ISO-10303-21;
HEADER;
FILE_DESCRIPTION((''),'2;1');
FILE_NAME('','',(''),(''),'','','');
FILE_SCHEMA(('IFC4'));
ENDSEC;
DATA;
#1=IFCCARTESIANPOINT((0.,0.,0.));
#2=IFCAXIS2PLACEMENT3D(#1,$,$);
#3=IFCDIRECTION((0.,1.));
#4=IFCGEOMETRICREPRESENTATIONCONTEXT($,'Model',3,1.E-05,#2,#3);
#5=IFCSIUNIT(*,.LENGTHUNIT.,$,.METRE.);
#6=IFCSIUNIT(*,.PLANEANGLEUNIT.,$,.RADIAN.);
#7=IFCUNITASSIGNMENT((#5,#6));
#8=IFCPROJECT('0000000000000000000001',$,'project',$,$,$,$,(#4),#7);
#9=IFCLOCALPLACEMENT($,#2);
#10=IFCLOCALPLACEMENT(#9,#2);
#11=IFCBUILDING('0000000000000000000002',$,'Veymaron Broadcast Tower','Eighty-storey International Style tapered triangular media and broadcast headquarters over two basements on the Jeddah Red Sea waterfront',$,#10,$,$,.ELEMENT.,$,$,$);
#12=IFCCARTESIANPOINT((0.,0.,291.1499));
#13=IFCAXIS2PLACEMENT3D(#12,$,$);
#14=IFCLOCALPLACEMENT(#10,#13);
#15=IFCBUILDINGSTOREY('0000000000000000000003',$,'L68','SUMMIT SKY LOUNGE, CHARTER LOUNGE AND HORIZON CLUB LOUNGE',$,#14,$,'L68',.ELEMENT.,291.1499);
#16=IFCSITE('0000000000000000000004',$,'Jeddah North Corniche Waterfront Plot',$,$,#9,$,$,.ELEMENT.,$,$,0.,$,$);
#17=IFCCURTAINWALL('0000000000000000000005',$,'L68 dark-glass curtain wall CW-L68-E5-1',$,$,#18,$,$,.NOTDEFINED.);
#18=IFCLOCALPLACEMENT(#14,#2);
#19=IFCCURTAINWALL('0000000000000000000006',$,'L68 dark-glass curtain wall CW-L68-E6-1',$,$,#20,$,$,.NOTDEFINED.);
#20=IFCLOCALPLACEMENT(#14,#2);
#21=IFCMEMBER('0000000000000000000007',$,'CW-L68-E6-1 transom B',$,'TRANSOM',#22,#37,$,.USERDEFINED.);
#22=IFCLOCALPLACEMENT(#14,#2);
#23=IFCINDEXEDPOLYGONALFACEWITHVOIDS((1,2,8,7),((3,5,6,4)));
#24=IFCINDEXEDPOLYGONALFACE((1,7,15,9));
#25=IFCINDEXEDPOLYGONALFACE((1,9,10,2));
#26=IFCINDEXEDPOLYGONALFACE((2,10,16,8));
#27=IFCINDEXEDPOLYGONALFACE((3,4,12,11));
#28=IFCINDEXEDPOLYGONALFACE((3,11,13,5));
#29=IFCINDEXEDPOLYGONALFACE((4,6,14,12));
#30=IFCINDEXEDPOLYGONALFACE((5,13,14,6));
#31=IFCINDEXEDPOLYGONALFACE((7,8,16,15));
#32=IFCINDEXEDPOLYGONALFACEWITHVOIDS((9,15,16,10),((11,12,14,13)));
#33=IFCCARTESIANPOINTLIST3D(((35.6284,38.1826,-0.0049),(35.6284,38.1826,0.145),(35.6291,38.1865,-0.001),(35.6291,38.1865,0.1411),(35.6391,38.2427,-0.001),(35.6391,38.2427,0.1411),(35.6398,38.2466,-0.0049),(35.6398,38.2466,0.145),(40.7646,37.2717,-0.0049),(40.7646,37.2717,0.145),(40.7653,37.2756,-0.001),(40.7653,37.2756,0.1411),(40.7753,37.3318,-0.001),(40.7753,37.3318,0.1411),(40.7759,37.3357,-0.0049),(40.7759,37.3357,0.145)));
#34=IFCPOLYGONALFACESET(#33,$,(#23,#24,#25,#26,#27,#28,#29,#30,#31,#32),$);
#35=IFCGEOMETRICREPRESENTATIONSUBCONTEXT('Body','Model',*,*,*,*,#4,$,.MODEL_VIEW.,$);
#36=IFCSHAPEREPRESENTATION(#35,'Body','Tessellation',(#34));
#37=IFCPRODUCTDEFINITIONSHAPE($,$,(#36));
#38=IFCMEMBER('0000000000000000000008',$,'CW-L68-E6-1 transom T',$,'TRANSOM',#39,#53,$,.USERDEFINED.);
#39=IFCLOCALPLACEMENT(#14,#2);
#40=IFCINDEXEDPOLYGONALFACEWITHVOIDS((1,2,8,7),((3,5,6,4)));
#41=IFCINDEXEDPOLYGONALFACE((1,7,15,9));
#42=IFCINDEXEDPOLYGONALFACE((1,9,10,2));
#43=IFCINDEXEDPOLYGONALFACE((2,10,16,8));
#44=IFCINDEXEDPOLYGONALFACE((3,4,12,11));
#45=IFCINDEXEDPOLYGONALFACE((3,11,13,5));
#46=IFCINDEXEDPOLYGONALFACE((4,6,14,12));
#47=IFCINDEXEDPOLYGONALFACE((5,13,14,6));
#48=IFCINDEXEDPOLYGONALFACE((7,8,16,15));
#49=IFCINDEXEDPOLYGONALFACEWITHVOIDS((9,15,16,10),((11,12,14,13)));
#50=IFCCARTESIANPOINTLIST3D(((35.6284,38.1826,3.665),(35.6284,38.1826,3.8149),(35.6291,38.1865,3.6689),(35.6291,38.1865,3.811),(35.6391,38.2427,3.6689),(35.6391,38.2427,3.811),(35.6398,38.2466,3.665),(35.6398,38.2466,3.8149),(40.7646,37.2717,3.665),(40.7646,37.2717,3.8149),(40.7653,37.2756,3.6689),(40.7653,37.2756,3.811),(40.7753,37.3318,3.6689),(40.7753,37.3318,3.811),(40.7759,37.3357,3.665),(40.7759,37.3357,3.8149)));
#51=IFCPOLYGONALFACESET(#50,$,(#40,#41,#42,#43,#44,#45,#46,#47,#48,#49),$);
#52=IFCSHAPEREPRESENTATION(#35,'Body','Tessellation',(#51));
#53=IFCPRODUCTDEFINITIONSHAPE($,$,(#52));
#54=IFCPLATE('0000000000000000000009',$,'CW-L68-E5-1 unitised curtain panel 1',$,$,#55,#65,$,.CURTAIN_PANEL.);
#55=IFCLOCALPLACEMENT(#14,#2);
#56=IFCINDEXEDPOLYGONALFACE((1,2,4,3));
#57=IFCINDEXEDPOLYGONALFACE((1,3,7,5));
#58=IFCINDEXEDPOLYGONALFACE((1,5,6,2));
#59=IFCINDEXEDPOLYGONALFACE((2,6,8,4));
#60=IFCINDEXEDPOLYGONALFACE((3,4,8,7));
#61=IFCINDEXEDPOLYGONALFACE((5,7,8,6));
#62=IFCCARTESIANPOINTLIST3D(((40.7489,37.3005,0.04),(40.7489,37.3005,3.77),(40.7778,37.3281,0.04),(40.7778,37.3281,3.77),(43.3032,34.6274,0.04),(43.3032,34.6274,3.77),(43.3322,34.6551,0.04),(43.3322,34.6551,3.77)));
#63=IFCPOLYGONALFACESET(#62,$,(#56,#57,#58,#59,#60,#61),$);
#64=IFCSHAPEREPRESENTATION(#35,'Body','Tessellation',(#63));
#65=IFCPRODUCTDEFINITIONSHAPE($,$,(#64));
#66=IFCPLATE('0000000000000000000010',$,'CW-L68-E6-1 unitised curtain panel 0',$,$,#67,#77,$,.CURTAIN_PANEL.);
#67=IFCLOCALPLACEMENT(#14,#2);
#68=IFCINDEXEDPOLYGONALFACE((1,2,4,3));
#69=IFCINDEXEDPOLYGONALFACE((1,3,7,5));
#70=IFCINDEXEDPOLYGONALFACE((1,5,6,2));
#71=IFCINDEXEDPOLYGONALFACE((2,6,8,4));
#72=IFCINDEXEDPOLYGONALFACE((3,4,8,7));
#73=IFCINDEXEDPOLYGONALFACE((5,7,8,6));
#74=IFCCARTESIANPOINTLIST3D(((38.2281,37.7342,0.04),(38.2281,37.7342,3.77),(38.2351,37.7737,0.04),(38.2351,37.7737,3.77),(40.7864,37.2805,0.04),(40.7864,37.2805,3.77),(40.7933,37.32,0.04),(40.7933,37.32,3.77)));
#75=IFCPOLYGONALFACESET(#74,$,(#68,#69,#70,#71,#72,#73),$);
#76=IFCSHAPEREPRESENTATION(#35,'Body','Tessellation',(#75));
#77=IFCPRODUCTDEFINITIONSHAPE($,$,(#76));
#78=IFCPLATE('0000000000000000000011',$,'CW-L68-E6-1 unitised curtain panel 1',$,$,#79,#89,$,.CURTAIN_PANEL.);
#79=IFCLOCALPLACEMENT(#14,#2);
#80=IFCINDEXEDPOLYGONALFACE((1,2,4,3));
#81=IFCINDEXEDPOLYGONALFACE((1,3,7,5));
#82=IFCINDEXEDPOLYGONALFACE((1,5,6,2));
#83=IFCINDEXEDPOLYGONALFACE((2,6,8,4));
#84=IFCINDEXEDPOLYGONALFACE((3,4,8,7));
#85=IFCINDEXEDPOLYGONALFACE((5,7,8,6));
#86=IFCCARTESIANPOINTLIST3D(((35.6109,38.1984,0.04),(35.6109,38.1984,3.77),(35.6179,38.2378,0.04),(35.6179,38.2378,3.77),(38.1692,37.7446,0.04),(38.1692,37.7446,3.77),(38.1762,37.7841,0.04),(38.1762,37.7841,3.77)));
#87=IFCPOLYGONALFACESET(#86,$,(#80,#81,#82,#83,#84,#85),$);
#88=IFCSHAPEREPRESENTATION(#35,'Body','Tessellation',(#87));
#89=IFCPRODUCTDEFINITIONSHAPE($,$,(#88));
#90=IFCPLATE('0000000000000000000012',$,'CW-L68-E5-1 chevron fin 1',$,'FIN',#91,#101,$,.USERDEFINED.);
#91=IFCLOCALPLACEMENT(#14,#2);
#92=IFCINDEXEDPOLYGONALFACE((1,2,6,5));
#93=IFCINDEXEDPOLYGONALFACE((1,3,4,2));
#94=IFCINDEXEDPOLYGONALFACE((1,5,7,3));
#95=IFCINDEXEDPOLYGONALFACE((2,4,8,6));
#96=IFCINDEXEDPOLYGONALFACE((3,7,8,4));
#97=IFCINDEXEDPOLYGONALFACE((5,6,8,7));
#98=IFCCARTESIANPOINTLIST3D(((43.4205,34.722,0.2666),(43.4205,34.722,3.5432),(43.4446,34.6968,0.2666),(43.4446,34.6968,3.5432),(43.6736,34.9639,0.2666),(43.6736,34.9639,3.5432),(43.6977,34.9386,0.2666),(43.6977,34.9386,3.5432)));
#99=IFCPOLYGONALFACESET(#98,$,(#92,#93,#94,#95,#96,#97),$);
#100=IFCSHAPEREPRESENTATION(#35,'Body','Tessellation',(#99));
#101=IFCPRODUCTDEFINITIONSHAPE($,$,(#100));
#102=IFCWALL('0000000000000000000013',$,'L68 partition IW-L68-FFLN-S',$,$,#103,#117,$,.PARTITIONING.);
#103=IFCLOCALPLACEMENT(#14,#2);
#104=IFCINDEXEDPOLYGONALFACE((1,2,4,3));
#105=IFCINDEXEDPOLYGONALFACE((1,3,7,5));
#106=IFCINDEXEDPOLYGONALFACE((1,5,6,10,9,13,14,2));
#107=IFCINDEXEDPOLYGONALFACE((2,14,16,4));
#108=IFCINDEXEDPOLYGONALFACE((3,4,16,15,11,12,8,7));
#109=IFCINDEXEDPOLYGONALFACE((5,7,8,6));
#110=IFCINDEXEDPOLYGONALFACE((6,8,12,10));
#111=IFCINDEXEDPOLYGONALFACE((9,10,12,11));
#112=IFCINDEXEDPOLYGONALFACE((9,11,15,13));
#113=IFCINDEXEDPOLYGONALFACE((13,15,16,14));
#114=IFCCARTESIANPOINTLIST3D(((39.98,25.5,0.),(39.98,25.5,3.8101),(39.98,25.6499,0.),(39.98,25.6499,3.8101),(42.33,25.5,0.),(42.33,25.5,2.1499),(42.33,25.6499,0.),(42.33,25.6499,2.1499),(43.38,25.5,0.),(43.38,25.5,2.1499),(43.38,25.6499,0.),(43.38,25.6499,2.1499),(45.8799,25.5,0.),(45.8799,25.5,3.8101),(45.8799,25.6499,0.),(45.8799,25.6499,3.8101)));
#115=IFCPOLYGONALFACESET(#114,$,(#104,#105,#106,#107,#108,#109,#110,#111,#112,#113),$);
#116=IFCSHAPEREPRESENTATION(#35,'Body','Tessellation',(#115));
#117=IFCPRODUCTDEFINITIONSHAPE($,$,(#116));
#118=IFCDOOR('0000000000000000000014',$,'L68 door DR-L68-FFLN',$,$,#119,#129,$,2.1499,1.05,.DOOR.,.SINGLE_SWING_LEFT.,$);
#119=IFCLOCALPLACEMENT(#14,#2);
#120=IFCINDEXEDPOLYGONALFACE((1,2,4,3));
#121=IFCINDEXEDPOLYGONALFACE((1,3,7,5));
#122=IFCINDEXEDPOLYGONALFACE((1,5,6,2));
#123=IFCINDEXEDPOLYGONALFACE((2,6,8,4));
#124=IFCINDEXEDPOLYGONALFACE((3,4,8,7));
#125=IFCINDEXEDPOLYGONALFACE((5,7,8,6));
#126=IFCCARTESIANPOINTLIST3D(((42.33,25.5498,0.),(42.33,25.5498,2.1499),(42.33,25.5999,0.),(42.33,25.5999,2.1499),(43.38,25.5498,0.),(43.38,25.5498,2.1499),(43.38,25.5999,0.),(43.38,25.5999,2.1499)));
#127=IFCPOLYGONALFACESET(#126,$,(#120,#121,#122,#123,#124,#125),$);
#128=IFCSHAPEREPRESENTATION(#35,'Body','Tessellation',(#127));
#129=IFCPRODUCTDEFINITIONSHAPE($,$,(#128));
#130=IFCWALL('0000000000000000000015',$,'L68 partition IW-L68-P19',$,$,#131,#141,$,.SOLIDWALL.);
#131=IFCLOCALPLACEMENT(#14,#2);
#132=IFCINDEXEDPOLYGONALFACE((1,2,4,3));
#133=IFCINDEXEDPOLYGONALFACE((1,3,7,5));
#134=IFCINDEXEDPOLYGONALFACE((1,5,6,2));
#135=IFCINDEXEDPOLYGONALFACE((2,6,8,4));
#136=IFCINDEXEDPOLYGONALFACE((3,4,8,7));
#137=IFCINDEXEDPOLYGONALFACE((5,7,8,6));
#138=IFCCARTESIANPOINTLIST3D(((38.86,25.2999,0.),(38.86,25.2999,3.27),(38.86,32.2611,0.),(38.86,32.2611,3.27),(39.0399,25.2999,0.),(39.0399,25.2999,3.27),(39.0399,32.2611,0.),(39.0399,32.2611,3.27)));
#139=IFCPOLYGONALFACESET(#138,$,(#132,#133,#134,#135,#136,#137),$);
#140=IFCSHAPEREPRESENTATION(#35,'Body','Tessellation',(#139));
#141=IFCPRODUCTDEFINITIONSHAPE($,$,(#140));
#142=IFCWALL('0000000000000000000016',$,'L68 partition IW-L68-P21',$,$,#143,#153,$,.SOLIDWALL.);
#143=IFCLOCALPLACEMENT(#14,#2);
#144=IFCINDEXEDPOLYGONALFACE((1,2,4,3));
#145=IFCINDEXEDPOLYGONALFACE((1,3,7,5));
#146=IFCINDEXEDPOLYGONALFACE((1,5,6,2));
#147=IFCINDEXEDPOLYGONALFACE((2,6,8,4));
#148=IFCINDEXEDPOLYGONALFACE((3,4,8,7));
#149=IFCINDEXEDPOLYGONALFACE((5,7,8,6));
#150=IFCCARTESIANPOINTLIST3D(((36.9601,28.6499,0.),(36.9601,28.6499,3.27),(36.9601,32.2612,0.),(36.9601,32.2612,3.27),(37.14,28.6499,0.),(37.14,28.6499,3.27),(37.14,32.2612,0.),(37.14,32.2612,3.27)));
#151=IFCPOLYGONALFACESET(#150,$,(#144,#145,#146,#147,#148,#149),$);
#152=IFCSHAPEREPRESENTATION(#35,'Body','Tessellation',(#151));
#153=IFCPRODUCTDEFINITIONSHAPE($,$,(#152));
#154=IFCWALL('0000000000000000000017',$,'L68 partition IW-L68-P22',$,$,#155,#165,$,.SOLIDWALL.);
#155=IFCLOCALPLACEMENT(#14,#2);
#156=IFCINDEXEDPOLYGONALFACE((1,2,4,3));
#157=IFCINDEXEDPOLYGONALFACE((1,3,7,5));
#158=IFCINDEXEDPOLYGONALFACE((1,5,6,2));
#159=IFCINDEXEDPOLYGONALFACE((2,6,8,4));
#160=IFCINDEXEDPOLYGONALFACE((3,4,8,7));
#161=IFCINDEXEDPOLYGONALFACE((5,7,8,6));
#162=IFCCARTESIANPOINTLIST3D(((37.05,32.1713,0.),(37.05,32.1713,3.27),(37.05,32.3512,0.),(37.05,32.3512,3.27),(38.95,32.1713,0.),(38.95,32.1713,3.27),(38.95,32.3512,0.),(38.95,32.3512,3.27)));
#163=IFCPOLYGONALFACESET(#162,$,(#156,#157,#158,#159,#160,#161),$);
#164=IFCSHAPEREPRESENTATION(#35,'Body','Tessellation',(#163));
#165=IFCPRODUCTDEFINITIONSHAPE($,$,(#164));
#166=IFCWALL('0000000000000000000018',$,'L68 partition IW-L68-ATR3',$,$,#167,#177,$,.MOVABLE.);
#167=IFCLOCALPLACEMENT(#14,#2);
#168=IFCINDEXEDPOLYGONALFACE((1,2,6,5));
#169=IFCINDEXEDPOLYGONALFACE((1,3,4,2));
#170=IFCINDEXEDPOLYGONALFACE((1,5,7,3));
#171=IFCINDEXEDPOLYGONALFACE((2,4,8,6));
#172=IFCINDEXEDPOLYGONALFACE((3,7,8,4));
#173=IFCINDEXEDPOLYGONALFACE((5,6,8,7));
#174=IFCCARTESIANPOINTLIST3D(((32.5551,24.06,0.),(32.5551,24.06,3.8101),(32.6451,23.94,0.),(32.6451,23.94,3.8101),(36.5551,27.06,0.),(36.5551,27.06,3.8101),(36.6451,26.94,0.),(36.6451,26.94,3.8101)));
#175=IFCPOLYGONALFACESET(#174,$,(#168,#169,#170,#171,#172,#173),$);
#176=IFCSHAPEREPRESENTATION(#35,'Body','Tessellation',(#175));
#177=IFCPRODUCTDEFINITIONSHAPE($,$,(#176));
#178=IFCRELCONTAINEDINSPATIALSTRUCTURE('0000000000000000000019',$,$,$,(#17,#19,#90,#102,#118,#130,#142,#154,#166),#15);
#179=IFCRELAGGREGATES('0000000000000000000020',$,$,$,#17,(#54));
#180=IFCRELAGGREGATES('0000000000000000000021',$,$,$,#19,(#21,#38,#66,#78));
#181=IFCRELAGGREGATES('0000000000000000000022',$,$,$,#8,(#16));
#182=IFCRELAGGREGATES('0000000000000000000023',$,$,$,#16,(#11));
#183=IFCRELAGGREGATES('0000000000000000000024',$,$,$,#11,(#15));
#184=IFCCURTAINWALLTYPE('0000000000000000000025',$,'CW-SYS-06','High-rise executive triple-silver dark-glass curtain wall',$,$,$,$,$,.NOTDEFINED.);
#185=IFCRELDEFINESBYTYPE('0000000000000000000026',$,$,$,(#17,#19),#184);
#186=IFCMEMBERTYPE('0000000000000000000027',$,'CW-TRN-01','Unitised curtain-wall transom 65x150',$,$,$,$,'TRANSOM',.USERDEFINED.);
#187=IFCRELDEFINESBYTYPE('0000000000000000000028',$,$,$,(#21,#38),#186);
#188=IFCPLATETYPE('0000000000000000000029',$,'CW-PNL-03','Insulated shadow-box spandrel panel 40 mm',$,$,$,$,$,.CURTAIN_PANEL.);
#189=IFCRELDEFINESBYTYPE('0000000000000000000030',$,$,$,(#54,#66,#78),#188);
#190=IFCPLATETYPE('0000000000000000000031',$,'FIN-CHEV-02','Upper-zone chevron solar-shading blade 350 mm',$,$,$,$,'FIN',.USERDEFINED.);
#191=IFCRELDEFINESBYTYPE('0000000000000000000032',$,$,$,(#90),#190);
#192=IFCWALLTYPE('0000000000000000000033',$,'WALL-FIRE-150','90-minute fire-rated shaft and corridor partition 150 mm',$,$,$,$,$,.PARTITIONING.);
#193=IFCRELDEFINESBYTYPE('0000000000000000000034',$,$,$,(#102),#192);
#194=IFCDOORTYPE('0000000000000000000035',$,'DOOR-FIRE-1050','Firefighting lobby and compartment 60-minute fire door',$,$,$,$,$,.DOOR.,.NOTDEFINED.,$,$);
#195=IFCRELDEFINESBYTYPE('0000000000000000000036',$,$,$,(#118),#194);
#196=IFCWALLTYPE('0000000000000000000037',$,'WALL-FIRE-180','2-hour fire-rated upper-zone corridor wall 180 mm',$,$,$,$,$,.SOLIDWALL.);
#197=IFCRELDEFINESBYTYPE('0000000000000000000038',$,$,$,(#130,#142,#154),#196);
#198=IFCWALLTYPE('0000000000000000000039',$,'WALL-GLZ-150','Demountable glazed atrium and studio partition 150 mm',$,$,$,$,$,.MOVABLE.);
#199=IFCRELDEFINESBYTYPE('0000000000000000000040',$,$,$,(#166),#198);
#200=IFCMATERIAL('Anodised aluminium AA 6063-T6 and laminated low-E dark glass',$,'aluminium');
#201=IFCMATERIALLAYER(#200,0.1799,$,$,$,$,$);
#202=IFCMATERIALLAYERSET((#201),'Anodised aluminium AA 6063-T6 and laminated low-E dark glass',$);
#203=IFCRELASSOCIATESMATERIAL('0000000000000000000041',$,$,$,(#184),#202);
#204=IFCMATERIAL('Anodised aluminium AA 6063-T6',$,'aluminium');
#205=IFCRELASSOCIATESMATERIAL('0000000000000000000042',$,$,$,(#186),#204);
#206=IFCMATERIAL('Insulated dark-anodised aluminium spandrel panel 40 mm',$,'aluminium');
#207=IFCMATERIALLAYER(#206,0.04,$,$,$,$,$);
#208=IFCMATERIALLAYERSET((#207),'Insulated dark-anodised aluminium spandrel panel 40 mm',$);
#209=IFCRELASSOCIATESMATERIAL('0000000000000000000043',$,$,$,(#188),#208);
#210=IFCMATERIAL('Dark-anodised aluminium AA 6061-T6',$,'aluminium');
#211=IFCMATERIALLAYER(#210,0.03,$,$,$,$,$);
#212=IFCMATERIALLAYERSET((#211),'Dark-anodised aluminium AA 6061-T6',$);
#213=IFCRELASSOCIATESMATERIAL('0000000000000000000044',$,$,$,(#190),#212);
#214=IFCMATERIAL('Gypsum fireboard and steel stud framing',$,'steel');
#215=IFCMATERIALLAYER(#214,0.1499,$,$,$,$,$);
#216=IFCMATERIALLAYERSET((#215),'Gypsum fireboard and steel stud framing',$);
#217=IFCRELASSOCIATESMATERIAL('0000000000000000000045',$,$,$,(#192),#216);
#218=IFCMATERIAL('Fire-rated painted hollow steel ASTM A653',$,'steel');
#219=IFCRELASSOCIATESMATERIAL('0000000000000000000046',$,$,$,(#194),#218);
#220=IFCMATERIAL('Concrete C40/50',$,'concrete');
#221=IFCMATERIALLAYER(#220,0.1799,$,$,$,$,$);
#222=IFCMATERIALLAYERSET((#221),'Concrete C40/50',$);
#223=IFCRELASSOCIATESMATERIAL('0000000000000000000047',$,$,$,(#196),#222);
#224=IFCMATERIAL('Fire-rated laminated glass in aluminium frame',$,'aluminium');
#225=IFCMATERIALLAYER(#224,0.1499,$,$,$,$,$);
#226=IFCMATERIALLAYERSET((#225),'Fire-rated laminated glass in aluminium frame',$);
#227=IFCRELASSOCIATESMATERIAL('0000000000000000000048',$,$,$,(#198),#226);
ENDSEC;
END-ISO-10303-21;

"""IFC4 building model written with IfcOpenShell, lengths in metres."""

from ifc_helpers import new_model, si_unit, direction, frame, frame_2d, origin, origin_2d, place, context, subcontext, project, spatial, rectangle, hollow_rectangle, extrude, material, layer, layer_set, material_profile, profile_set, type_object, element, fill, aggregate, save


model = new_model("IFC4")

# Units and contexts
model_context = context("Model", 3, precision=1e-05, world=origin(), true_north=direction((0.0, 1.0)))
body_context = subcontext(model_context, "Body", "Model", "MODEL_VIEW")
ifc_project = project(units=[si_unit("LENGTHUNIT", "METRE"), si_unit("PLANEANGLEUNIT", "RADIAN")], contexts=[model_context])

# Site, building, storey
site_placement = place(None, origin())
site = spatial("IfcSite", under=ifc_project, at=site_placement, Name="Jeddah North Corniche Waterfront Plot", CompositionType="ELEMENT", RefElevation=0.0)
building_placement = place(site_placement, origin())
building = spatial("IfcBuilding", under=site, at=building_placement, Name="Veymaron Broadcast Tower", Description="Eighty-storey International Style tapered triangular media and broadcast headquarters over two basements on the Jeddah Red Sea waterfront", CompositionType="ELEMENT")
storey_placement = place(building_placement, frame((0.0, 0.0, 291.1499)))
storey = spatial("IfcBuildingStorey", under=building, at=storey_placement, Name="L68", Description="SUMMIT SKY LOUNGE, CHARTER LOUNGE AND HORIZON CLUB LOUNGE", LongName="L68", CompositionType="ELEMENT", Elevation=291.1499)

# Curtain walls, members
ifc_material_1 = material(Name="Anodised aluminium AA 6063-T6 and laminated low-E dark glass", Category="aluminium")
ifc_layer_1 = layer(ifc_material_1, 0.1799)
ifc_layer_set_1 = layer_set([ifc_layer_1], Name="Anodised aluminium AA 6063-T6 and laminated low-E dark glass")
curtain_wall_type = type_object("IfcCurtainWallType", Name="CW-SYS-06", Description="High-rise executive triple-silver dark-glass curtain wall", PredefinedType="NOTDEFINED", material=ifc_layer_set_1)
curtain_wall_1_placement = place(storey_placement, origin())
curtain_wall_1 = element("IfcCurtainWall", 1, at=curtain_wall_1_placement, inside=storey, type_object=curtain_wall_type, Name="L68 dark-glass curtain wall CW-L68-E5-1", PredefinedType="NOTDEFINED")
ifc_material_2 = material(Name="Anodised aluminium AA 6063-T6", Category="aluminium")
curtain_wall_2_placement = place(storey_placement, origin())
curtain_wall_2 = element("IfcCurtainWall", 2, at=curtain_wall_2_placement, inside=storey, type_object=curtain_wall_type, Name="L68 dark-glass curtain wall CW-L68-E6-1", PredefinedType="NOTDEFINED")
ifc_material_profile_1 = material_profile(ifc_material_2, hollow_rectangle(XDim=0.0649, YDim=0.1499, WallThickness=0.0039, at=origin_2d()), Name="AL150X65X4")
ifc_profile_set_1 = profile_set([ifc_material_profile_1], Name="Anodised aluminium AA 6063-T6")
member_type_1 = type_object("IfcMemberType", Name="CW-TRN-01", Description="Unitised curtain-wall transom 65x150", ElementType="TRANSOM", PredefinedType="USERDEFINED", material=ifc_profile_set_1)
member_1_placement = place(storey_placement, frame((40.7703, 37.3037, 0.0701), z_axis=(-0.984636, 0.174621, 0.0), x_axis=(-0.174621, -0.984636, 0.0)))
member_1 = element("IfcMember", 3, at=member_1_placement, type_object=member_type_1, Name="CW-L68-E6-1 transom B", ObjectType="TRANSOM", PredefinedType="USERDEFINED", context=body_context, shape_type="SweptSolid", body=[
    extrude(hollow_rectangle(XDim=0.0649, YDim=0.1499, WallThickness=0.0039, at=origin_2d()), origin(), (0.0, 0.0, 1.0), 5.2163),
])
member_2_placement = place(storey_placement, frame((40.7703, 37.3037, 3.74), z_axis=(-0.984636, 0.174621, 0.0), x_axis=(-0.174621, -0.984636, 0.0)))
member_2 = element("IfcMember", 4, at=member_2_placement, type_object=member_type_1, Name="CW-L68-E6-1 transom T", ObjectType="TRANSOM", PredefinedType="USERDEFINED", context=body_context, shape_type="SweptSolid", body=[
    extrude(hollow_rectangle(XDim=0.0649, YDim=0.1499, WallThickness=0.0039, at=origin_2d()), origin(), (0.0, 0.0, 1.0), 5.2163),
])

# Plates
ifc_material_3 = material(Name="Insulated dark-anodised aluminium spandrel panel 40 mm", Category="aluminium")
ifc_layer_2 = layer(ifc_material_3, 0.04)
ifc_layer_set_2 = layer_set([ifc_layer_2], Name="Insulated dark-anodised aluminium spandrel panel 40 mm")
plate_type_1 = type_object("IfcPlateType", Name="CW-PNL-03", Description="Insulated shadow-box spandrel panel 40 mm", PredefinedType="CURTAIN_PANEL", material=ifc_layer_set_2)
plate_1_placement = place(storey_placement, frame((42.0405, 35.9778, 0.04), z_axis=(0.0, 0.0, 1.0), x_axis=(-0.69087, 0.722979, 0.0)))
plate_1 = element("IfcPlate", 5, at=plate_1_placement, type_object=plate_type_1, Name="CW-L68-E5-1 unitised curtain panel 1", PredefinedType="CURTAIN_PANEL", context=body_context, shape_type="SweptSolid", body=[
    extrude(rectangle(XDim=3.6973, YDim=0.04, at=origin_2d()), origin(), (0.0, 0.0, 1.0), 3.73),
])
aggregate(curtain_wall_1, [plate_1])
plate_2_placement = place(storey_placement, frame((39.5107, 37.5271, 0.04), z_axis=(0.0, 0.0, 1.0), x_axis=(-0.984635, 0.174628, 0.0)))
plate_2 = element("IfcPlate", 6, at=plate_2_placement, type_object=plate_type_1, Name="CW-L68-E6-1 unitised curtain panel 0", PredefinedType="CURTAIN_PANEL", context=body_context, shape_type="SweptSolid", body=[
    extrude(rectangle(XDim=2.5981, YDim=0.04, at=origin_2d()), origin(), (0.0, 0.0, 1.0), 3.73),
])
plate_3_placement = place(storey_placement, frame((36.8936, 37.9912, 0.04), z_axis=(0.0, 0.0, 1.0), x_axis=(-0.984635, 0.174628, 0.0)))
plate_3 = element("IfcPlate", 7, at=plate_3_placement, type_object=plate_type_1, Name="CW-L68-E6-1 unitised curtain panel 1", PredefinedType="CURTAIN_PANEL", context=body_context, shape_type="SweptSolid", body=[
    extrude(rectangle(XDim=2.5981, YDim=0.04, at=origin_2d()), origin(), (0.0, 0.0, 1.0), 3.73),
])
aggregate(curtain_wall_2, [member_1, member_2, plate_2, plate_3])
ifc_material_4 = material(Name="Dark-anodised aluminium AA 6061-T6", Category="aluminium")
ifc_layer_3 = layer(ifc_material_4, 0.03)
ifc_layer_set_3 = layer_set([ifc_layer_3], Name="Dark-anodised aluminium AA 6061-T6")
plate_type_2 = type_object("IfcPlateType", Name="FIN-CHEV-02", Description="Upper-zone chevron solar-shading blade 350 mm", ElementType="FIN", PredefinedType="USERDEFINED", material=ifc_layer_set_3)
plate_4_placement = place(storey_placement, frame((43.5591, 34.8303, 0.2666), z_axis=(0.0, 0.0, 1.0), x_axis=(0.722979, 0.69087, 0.0)))
element("IfcPlate", 8, at=plate_4_placement, inside=storey, type_object=plate_type_2, Name="CW-L68-E5-1 chevron fin 1", ObjectType="FIN", PredefinedType="USERDEFINED", context=body_context, shape_type="SweptSolid", body=[
    extrude(rectangle(XDim=0.3501, YDim=0.0349, at=origin_2d()), origin(), (0.0, 0.0, 1.0), 3.2766),
])

# Wall, opening, door
ifc_material_5 = material(Name="Gypsum fireboard and steel stud framing", Category="steel")
ifc_layer_4 = layer(ifc_material_5, 0.1499)
ifc_layer_set_4 = layer_set([ifc_layer_4], Name="Gypsum fireboard and steel stud framing")
wall_type_1 = type_object("IfcWallType", Name="WALL-FIRE-150", Description="90-minute fire-rated shaft and corridor partition 150 mm", PredefinedType="PARTITIONING", material=ifc_layer_set_4)
wall_1_placement = place(storey_placement, frame((39.98, 25.575, 0.0), z_axis=(0.0, 0.0, 1.0), x_axis=(1.0, 0.0, 0.0)))
wall_1 = element("IfcWall", 9, at=wall_1_placement, inside=storey, type_object=wall_type_1, Name="L68 partition IW-L68-FFLN-S", PredefinedType="PARTITIONING", context=body_context, shape_type="SweptSolid", body=[
    extrude(rectangle(XDim=5.8999, YDim=0.1499, at=frame_2d((2.95, 0.0))), origin(), (0.0, 0.0, 1.0), 3.8101),
])
opening_1_placement = place(wall_1_placement, frame((2.3501, 0.0, 0.0)))
opening_1 = element("IfcOpeningElement", 10, at=opening_1_placement, cuts=wall_1, PredefinedType="OPENING", context=body_context, shape_type="SweptSolid", body=[
    extrude(rectangle(XDim=1.05, YDim=2.1499, at=frame_2d((0.5249, 1.075))), frame((0.0, 0.085, 0.0), z_axis=(0.0, -1.0, 0.0), x_axis=(1.0, 0.0, 0.0)), (0.0, 0.0, 1.0), 0.1699),
])
ifc_material_6 = material(Name="Fire-rated painted hollow steel ASTM A653", Category="steel")
door_type_1 = type_object("IfcDoorType", Name="DOOR-FIRE-1050", Description="Firefighting lobby and compartment 60-minute fire door", OperationType="NOTDEFINED", PredefinedType="DOOR", material=ifc_material_6)
door_1_placement = place(opening_1_placement, origin())
door_1 = element("IfcDoor", 11, at=door_1_placement, inside=storey, type_object=door_type_1, Name="L68 door DR-L68-FFLN", OperationType="SINGLE_SWING_LEFT", OverallHeight=2.1499, OverallWidth=1.05, PredefinedType="DOOR", context=body_context, shape_type="SweptSolid", body=[
    extrude(rectangle(XDim=1.05, YDim=2.1499, at=frame_2d((0.5249, 1.075))), frame((0.0, 0.0249, 0.0), z_axis=(0.0, -1.0, 0.0), x_axis=(1.0, 0.0, 0.0)), (0.0, 0.0, 1.0), 0.05),
])
fill(opening_1, door_1)

# Walls
ifc_material_7 = material(Name="Concrete C40/50", Category="concrete")
ifc_layer_5 = layer(ifc_material_7, 0.1799)
ifc_layer_set_5 = layer_set([ifc_layer_5], Name="Concrete C40/50")
wall_type_2 = type_object("IfcWallType", Name="WALL-FIRE-180", Description="2-hour fire-rated upper-zone corridor wall 180 mm", PredefinedType="SOLIDWALL", material=ifc_layer_set_5)
wall_2_placement = place(storey_placement, frame((38.95, 25.3, 0.0), z_axis=(0.0, 0.0, 1.0), x_axis=(0.0, 1.0, 0.0)))
element("IfcWall", 12, at=wall_2_placement, inside=storey, type_object=wall_type_2, Name="L68 partition IW-L68-P19", PredefinedType="SOLIDWALL", context=body_context, shape_type="SweptSolid", body=[
    extrude(rectangle(XDim=6.9612, YDim=0.1799, at=frame_2d((3.4805, 0.0))), origin(), (0.0, 0.0, 1.0), 3.27),
])
wall_3_placement = place(storey_placement, frame((37.05, 28.6499, 0.0), z_axis=(0.0, 0.0, 1.0), x_axis=(0.0, 1.0, 0.0)))
element("IfcWall", 13, at=wall_3_placement, inside=storey, type_object=wall_type_2, Name="L68 partition IW-L68-P21", PredefinedType="SOLIDWALL", context=body_context, shape_type="SweptSolid", body=[
    extrude(rectangle(XDim=3.6113, YDim=0.1799, at=frame_2d((1.8057, 0.0))), origin(), (0.0, 0.0, 1.0), 3.27),
])
wall_4_placement = place(storey_placement, frame((37.05, 32.2612, 0.0), z_axis=(0.0, 0.0, 1.0), x_axis=(1.0, 0.0, 0.0)))
element("IfcWall", 14, at=wall_4_placement, inside=storey, type_object=wall_type_2, Name="L68 partition IW-L68-P22", PredefinedType="SOLIDWALL", context=body_context, shape_type="SweptSolid", body=[
    extrude(rectangle(XDim=1.8999, YDim=0.1799, at=frame_2d((0.95, 0.0))), origin(), (0.0, 0.0, 1.0), 3.27),
])
ifc_material_8 = material(Name="Fire-rated laminated glass in aluminium frame", Category="aluminium")
ifc_layer_6 = layer(ifc_material_8, 0.1499)
ifc_layer_set_6 = layer_set([ifc_layer_6], Name="Fire-rated laminated glass in aluminium frame")
wall_type_3 = type_object("IfcWallType", Name="WALL-GLZ-150", Description="Demountable glazed atrium and studio partition 150 mm", PredefinedType="MOVABLE", material=ifc_layer_set_6)
wall_5_placement = place(storey_placement, frame((36.6001, 27.0, 0.0), z_axis=(0.0, 0.0, 1.0), x_axis=(-0.8, -0.6, 0.0)))
element("IfcWall", 15, at=wall_5_placement, inside=storey, type_object=wall_type_3, Name="L68 partition IW-L68-ATR3", PredefinedType="MOVABLE", context=body_context, shape_type="SweptSolid", body=[
    extrude(rectangle(XDim=5.0, YDim=0.1499, at=frame_2d((2.5, 0.0))), origin(), (0.0, 0.0, 1.0), 3.8101),
])

save(model, "model.ifc")
